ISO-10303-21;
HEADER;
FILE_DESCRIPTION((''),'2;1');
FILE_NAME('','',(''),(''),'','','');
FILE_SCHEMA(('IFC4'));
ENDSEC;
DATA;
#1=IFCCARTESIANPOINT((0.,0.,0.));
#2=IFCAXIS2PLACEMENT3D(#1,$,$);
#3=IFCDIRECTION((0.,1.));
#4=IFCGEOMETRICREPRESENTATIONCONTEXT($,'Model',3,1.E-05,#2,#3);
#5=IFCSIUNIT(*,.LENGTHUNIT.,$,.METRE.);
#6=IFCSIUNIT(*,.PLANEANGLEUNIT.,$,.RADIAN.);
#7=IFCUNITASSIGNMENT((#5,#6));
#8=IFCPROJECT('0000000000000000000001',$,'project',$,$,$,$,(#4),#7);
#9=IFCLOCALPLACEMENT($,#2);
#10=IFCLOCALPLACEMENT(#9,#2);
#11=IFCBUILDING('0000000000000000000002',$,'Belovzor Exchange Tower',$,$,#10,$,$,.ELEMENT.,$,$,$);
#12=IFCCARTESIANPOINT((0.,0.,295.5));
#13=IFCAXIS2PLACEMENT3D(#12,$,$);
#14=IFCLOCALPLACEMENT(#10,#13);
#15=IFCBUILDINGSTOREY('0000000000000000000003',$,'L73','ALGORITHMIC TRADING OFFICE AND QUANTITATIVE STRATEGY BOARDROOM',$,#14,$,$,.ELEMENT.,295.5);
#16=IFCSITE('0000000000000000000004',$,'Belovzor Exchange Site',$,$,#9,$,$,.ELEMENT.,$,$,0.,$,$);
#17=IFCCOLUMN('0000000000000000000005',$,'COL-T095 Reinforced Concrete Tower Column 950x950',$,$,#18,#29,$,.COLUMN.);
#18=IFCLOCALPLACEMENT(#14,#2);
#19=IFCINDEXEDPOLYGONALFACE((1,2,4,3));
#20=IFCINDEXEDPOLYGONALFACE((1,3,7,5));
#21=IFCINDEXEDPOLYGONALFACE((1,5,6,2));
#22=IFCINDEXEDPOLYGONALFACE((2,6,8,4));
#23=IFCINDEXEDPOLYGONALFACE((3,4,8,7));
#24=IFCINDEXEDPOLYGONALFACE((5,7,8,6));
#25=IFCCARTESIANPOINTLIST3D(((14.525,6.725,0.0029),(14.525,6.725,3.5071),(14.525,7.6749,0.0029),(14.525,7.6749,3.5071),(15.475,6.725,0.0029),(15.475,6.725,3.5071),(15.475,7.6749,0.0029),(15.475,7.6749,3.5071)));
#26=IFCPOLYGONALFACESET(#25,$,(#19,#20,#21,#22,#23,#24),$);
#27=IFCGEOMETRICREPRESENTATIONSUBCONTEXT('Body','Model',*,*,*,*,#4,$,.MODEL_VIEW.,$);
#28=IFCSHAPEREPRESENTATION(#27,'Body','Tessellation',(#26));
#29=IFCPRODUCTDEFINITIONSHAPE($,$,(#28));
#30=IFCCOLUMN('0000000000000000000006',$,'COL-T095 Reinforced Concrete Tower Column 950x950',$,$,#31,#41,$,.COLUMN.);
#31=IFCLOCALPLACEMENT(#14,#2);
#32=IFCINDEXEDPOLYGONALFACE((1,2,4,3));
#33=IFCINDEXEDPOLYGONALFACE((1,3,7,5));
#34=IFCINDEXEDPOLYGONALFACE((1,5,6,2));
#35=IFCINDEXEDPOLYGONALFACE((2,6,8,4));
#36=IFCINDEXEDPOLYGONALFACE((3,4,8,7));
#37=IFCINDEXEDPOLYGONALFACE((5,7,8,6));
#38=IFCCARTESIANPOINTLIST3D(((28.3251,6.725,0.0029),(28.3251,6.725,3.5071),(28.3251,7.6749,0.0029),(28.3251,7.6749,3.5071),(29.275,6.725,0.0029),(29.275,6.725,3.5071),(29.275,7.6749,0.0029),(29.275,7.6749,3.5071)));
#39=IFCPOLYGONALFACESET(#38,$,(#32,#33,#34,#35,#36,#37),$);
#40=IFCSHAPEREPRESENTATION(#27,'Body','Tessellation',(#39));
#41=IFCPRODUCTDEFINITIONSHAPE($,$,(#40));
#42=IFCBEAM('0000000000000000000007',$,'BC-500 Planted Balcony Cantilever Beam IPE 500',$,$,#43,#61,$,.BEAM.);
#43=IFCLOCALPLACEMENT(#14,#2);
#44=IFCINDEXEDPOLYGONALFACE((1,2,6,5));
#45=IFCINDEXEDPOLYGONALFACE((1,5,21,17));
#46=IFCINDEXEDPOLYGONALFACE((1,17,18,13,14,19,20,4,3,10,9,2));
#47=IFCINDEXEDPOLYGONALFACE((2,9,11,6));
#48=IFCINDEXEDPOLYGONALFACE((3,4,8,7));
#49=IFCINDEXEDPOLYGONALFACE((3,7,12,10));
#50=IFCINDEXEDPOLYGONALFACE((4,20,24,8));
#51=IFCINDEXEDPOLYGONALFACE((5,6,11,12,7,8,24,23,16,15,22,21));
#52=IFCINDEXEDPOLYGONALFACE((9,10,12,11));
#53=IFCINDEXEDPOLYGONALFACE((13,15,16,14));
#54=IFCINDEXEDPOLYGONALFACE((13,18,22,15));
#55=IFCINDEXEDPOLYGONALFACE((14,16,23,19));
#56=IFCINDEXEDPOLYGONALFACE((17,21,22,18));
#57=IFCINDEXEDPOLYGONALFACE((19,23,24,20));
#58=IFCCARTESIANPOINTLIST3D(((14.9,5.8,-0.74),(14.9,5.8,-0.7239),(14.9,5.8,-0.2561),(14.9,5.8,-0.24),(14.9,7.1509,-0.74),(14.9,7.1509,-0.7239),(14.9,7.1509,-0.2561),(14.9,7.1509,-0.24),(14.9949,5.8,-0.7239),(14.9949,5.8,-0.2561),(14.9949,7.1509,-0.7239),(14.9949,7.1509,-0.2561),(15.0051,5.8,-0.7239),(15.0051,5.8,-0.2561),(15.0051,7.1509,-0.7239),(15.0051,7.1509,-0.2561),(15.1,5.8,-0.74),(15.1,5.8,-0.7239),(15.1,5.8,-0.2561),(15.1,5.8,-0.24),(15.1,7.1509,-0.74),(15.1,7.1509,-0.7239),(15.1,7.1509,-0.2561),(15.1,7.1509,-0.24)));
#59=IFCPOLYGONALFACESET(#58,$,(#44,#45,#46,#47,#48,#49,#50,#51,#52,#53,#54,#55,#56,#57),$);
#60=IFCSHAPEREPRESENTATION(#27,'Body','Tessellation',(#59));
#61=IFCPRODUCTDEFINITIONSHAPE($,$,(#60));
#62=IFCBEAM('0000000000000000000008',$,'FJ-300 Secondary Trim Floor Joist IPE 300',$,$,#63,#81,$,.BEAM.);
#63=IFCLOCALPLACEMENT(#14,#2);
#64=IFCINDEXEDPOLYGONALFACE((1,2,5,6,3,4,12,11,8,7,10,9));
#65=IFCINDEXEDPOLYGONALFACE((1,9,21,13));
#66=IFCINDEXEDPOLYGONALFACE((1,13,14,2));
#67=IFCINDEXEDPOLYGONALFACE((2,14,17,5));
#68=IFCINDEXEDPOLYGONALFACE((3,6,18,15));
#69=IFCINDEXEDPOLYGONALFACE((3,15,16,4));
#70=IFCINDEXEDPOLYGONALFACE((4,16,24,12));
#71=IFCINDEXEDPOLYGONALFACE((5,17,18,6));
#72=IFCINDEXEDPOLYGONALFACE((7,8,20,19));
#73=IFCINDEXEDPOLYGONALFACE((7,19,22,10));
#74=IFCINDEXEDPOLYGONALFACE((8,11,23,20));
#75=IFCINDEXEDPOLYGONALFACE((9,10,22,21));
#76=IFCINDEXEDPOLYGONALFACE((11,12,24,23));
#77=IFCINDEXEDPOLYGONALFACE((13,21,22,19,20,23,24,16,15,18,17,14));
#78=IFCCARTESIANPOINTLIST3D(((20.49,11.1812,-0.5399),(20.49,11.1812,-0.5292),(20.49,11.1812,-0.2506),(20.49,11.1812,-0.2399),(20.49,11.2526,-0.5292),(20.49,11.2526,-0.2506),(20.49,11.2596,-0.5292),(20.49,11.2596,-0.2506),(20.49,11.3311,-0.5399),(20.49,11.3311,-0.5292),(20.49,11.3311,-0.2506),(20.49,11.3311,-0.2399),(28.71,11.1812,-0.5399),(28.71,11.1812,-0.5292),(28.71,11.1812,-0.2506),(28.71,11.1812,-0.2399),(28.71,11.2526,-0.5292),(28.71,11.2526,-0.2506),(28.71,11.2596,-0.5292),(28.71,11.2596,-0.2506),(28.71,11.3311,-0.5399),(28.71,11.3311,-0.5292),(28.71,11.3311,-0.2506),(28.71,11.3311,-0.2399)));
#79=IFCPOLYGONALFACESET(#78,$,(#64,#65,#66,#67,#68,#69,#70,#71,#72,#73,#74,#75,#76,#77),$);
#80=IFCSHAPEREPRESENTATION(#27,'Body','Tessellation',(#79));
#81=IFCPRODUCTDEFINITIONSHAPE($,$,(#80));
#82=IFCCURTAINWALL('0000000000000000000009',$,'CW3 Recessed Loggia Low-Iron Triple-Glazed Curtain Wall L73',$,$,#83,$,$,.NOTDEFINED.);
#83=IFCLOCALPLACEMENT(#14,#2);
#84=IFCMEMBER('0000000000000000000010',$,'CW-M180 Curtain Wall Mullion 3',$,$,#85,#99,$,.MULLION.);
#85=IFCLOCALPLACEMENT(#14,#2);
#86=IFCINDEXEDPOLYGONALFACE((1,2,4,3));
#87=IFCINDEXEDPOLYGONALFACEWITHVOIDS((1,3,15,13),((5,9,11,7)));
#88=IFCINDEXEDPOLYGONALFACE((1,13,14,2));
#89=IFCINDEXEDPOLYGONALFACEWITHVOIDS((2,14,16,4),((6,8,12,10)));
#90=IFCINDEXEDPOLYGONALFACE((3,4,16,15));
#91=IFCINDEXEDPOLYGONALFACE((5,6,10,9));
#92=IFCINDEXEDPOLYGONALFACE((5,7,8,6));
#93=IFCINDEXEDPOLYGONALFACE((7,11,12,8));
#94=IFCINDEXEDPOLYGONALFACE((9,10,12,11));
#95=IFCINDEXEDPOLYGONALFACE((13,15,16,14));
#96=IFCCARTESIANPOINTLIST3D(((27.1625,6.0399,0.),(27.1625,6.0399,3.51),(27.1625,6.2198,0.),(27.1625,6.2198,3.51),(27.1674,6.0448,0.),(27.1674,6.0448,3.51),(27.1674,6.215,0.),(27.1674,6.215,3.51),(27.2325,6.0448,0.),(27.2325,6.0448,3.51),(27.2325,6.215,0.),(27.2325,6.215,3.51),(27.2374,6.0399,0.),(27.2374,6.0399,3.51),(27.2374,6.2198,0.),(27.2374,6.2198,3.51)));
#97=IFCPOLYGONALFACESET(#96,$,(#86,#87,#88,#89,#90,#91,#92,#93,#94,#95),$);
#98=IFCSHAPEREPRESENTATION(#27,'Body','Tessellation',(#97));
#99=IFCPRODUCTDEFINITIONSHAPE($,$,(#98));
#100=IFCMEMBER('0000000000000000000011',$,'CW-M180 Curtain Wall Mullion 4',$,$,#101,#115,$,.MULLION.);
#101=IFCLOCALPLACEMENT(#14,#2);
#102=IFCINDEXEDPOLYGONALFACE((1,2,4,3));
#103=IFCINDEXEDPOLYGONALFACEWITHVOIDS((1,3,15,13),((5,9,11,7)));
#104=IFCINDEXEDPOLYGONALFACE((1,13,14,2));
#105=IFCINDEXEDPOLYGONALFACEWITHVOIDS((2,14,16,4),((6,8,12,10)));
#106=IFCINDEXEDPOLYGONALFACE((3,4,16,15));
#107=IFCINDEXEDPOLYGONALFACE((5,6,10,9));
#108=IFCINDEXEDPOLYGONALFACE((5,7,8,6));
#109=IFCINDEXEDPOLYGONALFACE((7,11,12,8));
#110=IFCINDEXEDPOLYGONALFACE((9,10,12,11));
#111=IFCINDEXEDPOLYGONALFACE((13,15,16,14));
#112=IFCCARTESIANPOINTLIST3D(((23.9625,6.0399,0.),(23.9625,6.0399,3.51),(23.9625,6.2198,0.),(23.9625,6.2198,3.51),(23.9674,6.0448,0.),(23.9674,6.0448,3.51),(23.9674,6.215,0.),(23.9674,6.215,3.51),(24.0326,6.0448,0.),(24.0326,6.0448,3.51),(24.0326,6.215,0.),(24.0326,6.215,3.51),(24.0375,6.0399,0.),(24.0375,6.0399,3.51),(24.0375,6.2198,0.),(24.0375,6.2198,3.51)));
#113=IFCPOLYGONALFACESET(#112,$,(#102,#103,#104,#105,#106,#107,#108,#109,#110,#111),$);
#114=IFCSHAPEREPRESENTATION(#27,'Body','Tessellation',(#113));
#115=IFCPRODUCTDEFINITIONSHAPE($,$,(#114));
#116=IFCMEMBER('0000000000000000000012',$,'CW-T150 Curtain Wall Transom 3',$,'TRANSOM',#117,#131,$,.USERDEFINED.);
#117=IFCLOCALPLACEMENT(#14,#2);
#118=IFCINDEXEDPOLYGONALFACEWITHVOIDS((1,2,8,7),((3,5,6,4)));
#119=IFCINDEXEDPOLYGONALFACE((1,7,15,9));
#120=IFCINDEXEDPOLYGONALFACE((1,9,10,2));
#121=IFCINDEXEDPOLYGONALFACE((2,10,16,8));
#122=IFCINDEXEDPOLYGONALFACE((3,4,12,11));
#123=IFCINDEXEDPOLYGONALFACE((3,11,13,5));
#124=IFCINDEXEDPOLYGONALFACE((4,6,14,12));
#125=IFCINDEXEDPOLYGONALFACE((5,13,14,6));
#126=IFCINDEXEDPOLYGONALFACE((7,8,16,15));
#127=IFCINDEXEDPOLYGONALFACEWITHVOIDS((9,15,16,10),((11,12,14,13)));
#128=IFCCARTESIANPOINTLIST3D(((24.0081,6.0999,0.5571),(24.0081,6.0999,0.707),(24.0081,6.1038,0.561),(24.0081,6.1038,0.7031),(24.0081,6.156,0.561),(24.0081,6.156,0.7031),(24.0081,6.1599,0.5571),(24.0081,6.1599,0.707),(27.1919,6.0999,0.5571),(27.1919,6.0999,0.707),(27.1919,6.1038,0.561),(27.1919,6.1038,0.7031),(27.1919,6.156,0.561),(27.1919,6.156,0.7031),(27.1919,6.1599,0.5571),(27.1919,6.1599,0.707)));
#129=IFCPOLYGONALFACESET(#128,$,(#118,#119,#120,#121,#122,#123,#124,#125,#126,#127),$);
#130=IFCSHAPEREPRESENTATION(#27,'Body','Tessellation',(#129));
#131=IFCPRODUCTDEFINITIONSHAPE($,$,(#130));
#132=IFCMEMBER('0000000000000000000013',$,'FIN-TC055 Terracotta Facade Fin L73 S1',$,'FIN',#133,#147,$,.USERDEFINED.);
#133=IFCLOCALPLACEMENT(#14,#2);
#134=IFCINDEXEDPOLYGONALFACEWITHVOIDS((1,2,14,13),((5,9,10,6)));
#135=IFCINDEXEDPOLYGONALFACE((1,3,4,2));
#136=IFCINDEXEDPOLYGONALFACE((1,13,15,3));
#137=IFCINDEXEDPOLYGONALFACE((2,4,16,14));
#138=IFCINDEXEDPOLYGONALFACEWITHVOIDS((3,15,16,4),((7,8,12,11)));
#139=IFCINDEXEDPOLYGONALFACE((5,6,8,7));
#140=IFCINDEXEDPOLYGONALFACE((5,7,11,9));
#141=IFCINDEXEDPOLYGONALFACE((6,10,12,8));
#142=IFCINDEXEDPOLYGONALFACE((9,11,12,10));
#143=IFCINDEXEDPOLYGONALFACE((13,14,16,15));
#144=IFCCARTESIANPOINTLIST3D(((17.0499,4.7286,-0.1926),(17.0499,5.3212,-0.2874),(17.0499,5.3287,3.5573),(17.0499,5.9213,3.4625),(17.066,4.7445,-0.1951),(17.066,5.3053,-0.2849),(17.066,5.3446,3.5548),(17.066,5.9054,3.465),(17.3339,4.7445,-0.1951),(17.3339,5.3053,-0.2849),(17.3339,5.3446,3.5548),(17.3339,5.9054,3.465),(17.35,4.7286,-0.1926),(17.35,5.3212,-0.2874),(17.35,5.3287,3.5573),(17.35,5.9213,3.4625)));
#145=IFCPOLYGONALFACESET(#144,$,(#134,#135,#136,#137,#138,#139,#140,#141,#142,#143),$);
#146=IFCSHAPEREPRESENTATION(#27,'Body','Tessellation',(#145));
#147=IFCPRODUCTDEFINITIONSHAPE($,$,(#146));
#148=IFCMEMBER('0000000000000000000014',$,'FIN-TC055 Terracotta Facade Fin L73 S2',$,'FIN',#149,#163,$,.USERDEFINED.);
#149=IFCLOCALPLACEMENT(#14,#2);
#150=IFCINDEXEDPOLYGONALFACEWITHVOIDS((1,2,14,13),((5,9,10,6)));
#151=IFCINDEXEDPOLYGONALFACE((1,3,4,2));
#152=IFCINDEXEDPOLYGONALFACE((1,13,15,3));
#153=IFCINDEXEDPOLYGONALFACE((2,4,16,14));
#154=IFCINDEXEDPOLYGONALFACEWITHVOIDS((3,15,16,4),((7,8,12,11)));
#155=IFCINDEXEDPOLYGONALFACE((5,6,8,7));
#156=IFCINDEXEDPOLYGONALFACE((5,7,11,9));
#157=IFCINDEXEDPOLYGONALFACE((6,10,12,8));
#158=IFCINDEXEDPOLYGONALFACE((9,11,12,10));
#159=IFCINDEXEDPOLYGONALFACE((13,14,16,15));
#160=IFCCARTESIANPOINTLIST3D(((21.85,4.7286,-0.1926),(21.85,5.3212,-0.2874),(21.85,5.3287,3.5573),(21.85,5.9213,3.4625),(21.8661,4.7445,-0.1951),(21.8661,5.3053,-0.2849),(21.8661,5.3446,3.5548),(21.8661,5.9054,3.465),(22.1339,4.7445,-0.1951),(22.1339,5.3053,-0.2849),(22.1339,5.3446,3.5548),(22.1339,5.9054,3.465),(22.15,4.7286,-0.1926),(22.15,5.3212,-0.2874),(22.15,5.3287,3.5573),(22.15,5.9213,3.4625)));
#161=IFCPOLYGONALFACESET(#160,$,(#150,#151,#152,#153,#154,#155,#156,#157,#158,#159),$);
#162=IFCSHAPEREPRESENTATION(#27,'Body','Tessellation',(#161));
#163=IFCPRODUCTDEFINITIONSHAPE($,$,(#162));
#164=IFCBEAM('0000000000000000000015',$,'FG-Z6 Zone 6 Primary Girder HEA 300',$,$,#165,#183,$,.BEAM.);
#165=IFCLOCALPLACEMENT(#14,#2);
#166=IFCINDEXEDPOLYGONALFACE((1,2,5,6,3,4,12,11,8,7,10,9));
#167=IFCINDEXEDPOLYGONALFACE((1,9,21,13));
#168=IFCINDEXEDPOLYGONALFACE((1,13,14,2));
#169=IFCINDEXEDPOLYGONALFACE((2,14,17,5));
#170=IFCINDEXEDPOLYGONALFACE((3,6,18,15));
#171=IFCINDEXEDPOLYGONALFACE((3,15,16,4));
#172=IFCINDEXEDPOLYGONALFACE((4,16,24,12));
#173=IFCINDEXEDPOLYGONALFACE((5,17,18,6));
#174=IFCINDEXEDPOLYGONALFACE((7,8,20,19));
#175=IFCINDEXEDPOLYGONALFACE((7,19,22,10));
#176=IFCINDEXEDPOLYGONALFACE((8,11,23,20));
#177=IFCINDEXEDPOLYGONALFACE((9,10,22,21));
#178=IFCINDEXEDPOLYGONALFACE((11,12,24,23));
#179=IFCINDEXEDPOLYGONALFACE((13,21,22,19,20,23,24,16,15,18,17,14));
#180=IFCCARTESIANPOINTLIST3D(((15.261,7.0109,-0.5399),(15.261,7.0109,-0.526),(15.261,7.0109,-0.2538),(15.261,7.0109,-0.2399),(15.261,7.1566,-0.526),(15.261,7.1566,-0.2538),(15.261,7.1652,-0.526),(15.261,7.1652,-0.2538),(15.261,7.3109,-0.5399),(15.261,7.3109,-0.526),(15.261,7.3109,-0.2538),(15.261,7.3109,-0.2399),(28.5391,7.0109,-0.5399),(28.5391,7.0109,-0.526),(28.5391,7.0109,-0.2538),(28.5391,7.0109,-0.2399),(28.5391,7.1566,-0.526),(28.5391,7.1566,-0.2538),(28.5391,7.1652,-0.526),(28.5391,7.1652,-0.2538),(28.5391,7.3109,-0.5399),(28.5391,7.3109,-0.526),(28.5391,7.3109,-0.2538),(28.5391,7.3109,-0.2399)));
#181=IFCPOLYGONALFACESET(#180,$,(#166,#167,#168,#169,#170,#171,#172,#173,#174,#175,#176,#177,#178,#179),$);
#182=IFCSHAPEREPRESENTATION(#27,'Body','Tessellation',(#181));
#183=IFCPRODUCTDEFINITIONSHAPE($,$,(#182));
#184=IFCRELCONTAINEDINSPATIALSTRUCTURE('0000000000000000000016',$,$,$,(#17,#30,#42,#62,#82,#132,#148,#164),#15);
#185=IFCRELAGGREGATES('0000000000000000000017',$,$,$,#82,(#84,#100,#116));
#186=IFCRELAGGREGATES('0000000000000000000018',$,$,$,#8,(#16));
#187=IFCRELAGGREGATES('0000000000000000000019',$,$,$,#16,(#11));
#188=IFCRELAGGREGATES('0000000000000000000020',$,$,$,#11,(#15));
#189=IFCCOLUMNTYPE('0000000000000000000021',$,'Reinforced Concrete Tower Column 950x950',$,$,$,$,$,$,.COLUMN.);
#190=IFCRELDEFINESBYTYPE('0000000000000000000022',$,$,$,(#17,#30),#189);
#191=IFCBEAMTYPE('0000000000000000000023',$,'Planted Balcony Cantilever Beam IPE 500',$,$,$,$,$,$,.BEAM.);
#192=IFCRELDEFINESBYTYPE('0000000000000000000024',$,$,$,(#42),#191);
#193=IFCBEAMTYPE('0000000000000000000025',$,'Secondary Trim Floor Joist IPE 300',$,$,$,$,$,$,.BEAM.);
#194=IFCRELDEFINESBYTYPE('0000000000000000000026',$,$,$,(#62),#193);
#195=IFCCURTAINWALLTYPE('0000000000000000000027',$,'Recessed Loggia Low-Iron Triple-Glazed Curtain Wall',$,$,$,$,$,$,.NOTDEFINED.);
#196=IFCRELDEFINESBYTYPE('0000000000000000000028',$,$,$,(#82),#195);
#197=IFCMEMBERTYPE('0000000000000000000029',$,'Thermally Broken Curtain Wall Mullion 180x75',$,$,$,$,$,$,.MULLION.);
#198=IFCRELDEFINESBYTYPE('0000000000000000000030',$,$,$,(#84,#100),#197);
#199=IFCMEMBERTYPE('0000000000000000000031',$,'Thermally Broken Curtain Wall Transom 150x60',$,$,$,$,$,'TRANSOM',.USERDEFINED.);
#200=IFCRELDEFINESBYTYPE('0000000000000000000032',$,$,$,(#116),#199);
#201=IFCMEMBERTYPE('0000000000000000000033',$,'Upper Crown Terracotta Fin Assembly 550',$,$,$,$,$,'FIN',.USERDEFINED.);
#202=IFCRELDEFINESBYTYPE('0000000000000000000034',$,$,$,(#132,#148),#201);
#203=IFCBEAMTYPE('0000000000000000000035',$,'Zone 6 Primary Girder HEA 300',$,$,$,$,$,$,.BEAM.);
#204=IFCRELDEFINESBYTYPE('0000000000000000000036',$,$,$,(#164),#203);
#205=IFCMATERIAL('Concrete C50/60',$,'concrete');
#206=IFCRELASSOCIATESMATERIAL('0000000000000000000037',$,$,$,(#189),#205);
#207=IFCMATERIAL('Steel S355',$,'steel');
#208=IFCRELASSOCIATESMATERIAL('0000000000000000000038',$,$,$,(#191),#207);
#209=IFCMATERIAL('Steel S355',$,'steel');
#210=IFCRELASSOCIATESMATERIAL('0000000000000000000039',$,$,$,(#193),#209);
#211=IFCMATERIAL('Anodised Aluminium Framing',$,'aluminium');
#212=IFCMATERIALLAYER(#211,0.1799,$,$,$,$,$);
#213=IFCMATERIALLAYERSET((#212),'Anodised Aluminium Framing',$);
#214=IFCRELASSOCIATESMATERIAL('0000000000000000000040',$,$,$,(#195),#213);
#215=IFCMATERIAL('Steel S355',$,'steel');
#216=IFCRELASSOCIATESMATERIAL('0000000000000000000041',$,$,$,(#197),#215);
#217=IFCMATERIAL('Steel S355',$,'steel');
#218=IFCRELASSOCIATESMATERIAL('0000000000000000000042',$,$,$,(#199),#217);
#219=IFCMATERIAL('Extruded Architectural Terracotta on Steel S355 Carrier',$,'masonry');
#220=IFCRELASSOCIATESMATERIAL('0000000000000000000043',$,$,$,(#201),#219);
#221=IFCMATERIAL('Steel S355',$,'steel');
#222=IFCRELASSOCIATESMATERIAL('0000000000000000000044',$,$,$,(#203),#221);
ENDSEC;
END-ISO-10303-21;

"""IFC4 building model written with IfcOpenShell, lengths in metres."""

from ifc_helpers import new_model, si_unit, direction, frame, origin, origin_2d, place, context, subcontext, project, spatial, rectangle, hollow_rectangle, i_section, extrude, material, layer, layer_set, material_profile, profile_set, type_object, element, aggregate, save


model = new_model("IFC4")

# Units and contexts
model_context = context("Model", 3, precision=1e-05, world=origin(), true_north=direction((0.0, 1.0)))
body_context = subcontext(model_context, "Body", "Model", "MODEL_VIEW")
ifc_project = project(units=[si_unit("LENGTHUNIT", "METRE"), si_unit("PLANEANGLEUNIT", "RADIAN")], contexts=[model_context])

# Site, building, storey
site_placement = place(None, origin())
site = spatial("IfcSite", under=ifc_project, at=site_placement, Name="Belovzor Exchange Site", CompositionType="ELEMENT", RefElevation=0.0)
building_placement = place(site_placement, origin())
building = spatial("IfcBuilding", under=site, at=building_placement, Name="Belovzor Exchange Tower", CompositionType="ELEMENT")
storey_placement = place(building_placement, frame((0.0, 0.0, 295.5)))
storey = spatial("IfcBuildingStorey", under=building, at=storey_placement, Name="L73", Description="ALGORITHMIC TRADING OFFICE AND QUANTITATIVE STRATEGY BOARDROOM", CompositionType="ELEMENT", Elevation=295.5)

# Columns
ifc_material_1 = material(Name="Concrete C50/60", Category="concrete")
ifc_material_profile_1 = material_profile(ifc_material_1, rectangle(XDim=0.95, YDim=0.95, at=origin_2d()))
ifc_profile_set_1 = profile_set([ifc_material_profile_1], Name="Concrete C50/60")
column_type = type_object("IfcColumnType", Name="Reinforced Concrete Tower Column 950x950", PredefinedType="COLUMN", material=ifc_profile_set_1)
for number, where, z_axis, x_axis, name in (
    (1, (15.0, 7.2, 0.0029), (0.0, 0.0, 1.0), (1.0, 0.0, 0.0), "COL-T095 Reinforced Concrete Tower Column 950x950"),
    (2, (28.8, 7.2, 0.0029), (0.0, 0.0, 1.0), (1.0, 0.0, 0.0), "COL-T095 Reinforced Concrete Tower Column 950x950"),
):
    element("IfcColumn", number, at=place(storey_placement, frame(where, z_axis=z_axis, x_axis=x_axis)), inside=storey, type_object=column_type, Name=name, PredefinedType="COLUMN", context=body_context, shape_type="SweptSolid", body=[
        extrude(rectangle(XDim=0.95, YDim=0.95, at=origin_2d()), origin(), (0.0, 0.0, 1.0), 3.5042),
    ])

# Beams
ifc_material_2 = material(Name="Steel S355", Category="steel")
ifc_material_profile_2 = material_profile(ifc_material_2, i_section(OverallWidth=0.2, OverallDepth=0.5, WebThickness=0.0103, FlangeThickness=0.0161, at=origin_2d()))
ifc_profile_set_2 = profile_set([ifc_material_profile_2], Name="Steel S355")
beam_type_1 = type_object("IfcBeamType", Name="Planted Balcony Cantilever Beam IPE 500", PredefinedType="BEAM", material=ifc_profile_set_2)
beam_1_placement = place(storey_placement, frame((15.0, 7.1509, -0.49), z_axis=(0.0, -1.0, 0.0), x_axis=(1.0, 0.0, 0.0)))
element("IfcBeam", 3, at=beam_1_placement, inside=storey, type_object=beam_type_1, Name="BC-500 Planted Balcony Cantilever Beam IPE 500", PredefinedType="BEAM", context=body_context, shape_type="SweptSolid", body=[
    extrude(i_section(OverallWidth=0.2, OverallDepth=0.5, WebThickness=0.0103, FlangeThickness=0.0161, at=origin_2d()), origin(), (0.0, 0.0, 1.0), 1.3508),
])
ifc_material_3 = material(Name="Steel S355", Category="steel")
ifc_material_profile_3 = material_profile(ifc_material_3, i_section(OverallWidth=0.1499, OverallDepth=0.3, WebThickness=0.0071, FlangeThickness=0.0107, at=origin_2d()))
ifc_profile_set_3 = profile_set([ifc_material_profile_3], Name="Steel S355")
beam_type_2 = type_object("IfcBeamType", Name="Secondary Trim Floor Joist IPE 300", PredefinedType="BEAM", material=ifc_profile_set_3)
beam_2_placement = place(storey_placement, frame((20.49, 11.2561, -0.3899), z_axis=(1.0, 0.0, 0.0), x_axis=(0.0, 1.0, 0.0)))
element("IfcBeam", 4, at=beam_2_placement, inside=storey, type_object=beam_type_2, Name="FJ-300 Secondary Trim Floor Joist IPE 300", PredefinedType="BEAM", context=body_context, shape_type="SweptSolid", body=[
    extrude(i_section(OverallWidth=0.1499, OverallDepth=0.3, WebThickness=0.0071, FlangeThickness=0.0107, at=origin_2d()), origin(), (0.0, 0.0, 1.0), 8.22),
])

# Curtain wall, members
ifc_material_4 = material(Name="Anodised Aluminium Framing", Category="aluminium")
ifc_layer_1 = layer(ifc_material_4, 0.1799)
ifc_layer_set_1 = layer_set([ifc_layer_1], Name="Anodised Aluminium Framing")
curtain_wall_type = type_object("IfcCurtainWallType", Name="Recessed Loggia Low-Iron Triple-Glazed Curtain Wall", PredefinedType="NOTDEFINED", material=ifc_layer_set_1)
curtain_wall_placement = place(storey_placement, origin())
curtain_wall = element("IfcCurtainWall", 5, at=curtain_wall_placement, inside=storey, type_object=curtain_wall_type, Name="CW3 Recessed Loggia Low-Iron Triple-Glazed Curtain Wall L73", PredefinedType="NOTDEFINED")
ifc_material_5 = material(Name="Steel S355", Category="steel")
ifc_material_profile_4 = material_profile(ifc_material_5, hollow_rectangle(XDim=0.075, YDim=0.1799, WallThickness=0.0049, at=origin_2d()))
ifc_profile_set_4 = profile_set([ifc_material_profile_4], Name="Steel S355")
member_type_1 = type_object("IfcMemberType", Name="Thermally Broken Curtain Wall Mullion 180x75", PredefinedType="MULLION", material=ifc_profile_set_4)
member_1_placement = place(storey_placement, frame((27.2, 6.1299, 0.0), z_axis=(0.0, 0.0, 1.0), x_axis=(-1.0, 0.0, 0.0)))
member_1 = element("IfcMember", 6, at=member_1_placement, type_object=member_type_1, Name="CW-M180 Curtain Wall Mullion 3", PredefinedType="MULLION", context=body_context, shape_type="SweptSolid", body=[
    extrude(hollow_rectangle(XDim=0.075, YDim=0.1799, WallThickness=0.0049, at=origin_2d()), origin(), (0.0, 0.0, 1.0), 3.51),
])
member_2_placement = place(storey_placement, frame((24.0, 6.1299, 0.0), z_axis=(0.0, 0.0, 1.0), x_axis=(-1.0, 0.0, 0.0)))
member_2 = element("IfcMember", 7, at=member_2_placement, type_object=member_type_1, Name="CW-M180 Curtain Wall Mullion 4", PredefinedType="MULLION", context=body_context, shape_type="SweptSolid", body=[
    extrude(hollow_rectangle(XDim=0.075, YDim=0.1799, WallThickness=0.0049, at=origin_2d()), origin(), (0.0, 0.0, 1.0), 3.51),
])
ifc_material_6 = material(Name="Steel S355", Category="steel")
ifc_material_profile_5 = material_profile(ifc_material_6, hollow_rectangle(XDim=0.0601, YDim=0.1499, WallThickness=0.0039, at=origin_2d()))
ifc_profile_set_5 = profile_set([ifc_material_profile_5], Name="Steel S355")
member_type_2 = type_object("IfcMemberType", Name="Thermally Broken Curtain Wall Transom 150x60", ElementType="TRANSOM", PredefinedType="USERDEFINED", material=ifc_profile_set_5)
member_3_placement = place(storey_placement, frame((27.1919, 6.1299, 0.6321), z_axis=(-1.0, 0.0, 0.0), x_axis=(0.0, -1.0, 0.0)))
member_3 = element("IfcMember", 8, at=member_3_placement, type_object=member_type_2, Name="CW-T150 Curtain Wall Transom 3", ObjectType="TRANSOM", PredefinedType="USERDEFINED", context=body_context, shape_type="SweptSolid", body=[
    extrude(hollow_rectangle(XDim=0.0601, YDim=0.1499, WallThickness=0.0039, at=origin_2d()), origin(), (0.0, 0.0, 1.0), 3.1838),
])

# Members
ifc_material_7 = material(Name="Extruded Architectural Terracotta on Steel S355 Carrier", Category="masonry")
ifc_material_profile_6 = material_profile(ifc_material_7, hollow_rectangle(XDim=0.3, YDim=0.6001, WallThickness=0.0161, at=origin_2d()))
ifc_profile_set_6 = profile_set([ifc_material_profile_6], Name="Extruded Architectural Terracotta on Steel S355 Carrier")
member_type_3 = type_object("IfcMemberType", Name="Upper Crown Terracotta Fin Assembly 550", ElementType="FIN", PredefinedType="USERDEFINED", material=ifc_profile_set_6)
for number, where, z_axis, x_axis, name in (
    (9, (17.2, 5.0249, -0.24), (0.0, 0.158016, 0.987437), (-1.0, 0.0, 0.0), "FIN-TC055 Terracotta Facade Fin L73 S1"),
    (10, (22.0, 5.0249, -0.24), (0.0, 0.158016, 0.987437), (-1.0, 0.0, 0.0), "FIN-TC055 Terracotta Facade Fin L73 S2"),
):
    element("IfcMember", number, at=place(storey_placement, frame(where, z_axis=z_axis, x_axis=x_axis)), inside=storey, type_object=member_type_3, Name=name, ObjectType="FIN", PredefinedType="USERDEFINED", context=body_context, shape_type="SweptSolid", body=[
        extrude(hollow_rectangle(XDim=0.3, YDim=0.6001, WallThickness=0.0161, at=origin_2d()), origin(), (0.0, 0.0, 1.0), 3.7976),
    ])

# Beam
ifc_material_8 = material(Name="Steel S355", Category="steel")
ifc_material_profile_7 = material_profile(ifc_material_8, i_section(OverallWidth=0.3, OverallDepth=0.3, WebThickness=0.0085, FlangeThickness=0.0139, at=origin_2d()))
ifc_profile_set_7 = profile_set([ifc_material_profile_7], Name="Steel S355")
beam_type_3 = type_object("IfcBeamType", Name="Zone 6 Primary Girder HEA 300", PredefinedType="BEAM", material=ifc_profile_set_7)
beam_3_placement = place(storey_placement, frame((15.261, 7.1609, -0.3899), z_axis=(1.0, 0.0, 0.0), x_axis=(0.0, 1.0, 0.0)))
element("IfcBeam", 11, at=beam_3_placement, inside=storey, type_object=beam_type_3, Name="FG-Z6 Zone 6 Primary Girder HEA 300", PredefinedType="BEAM", context=body_context, shape_type="SweptSolid", body=[
    extrude(i_section(OverallWidth=0.3, OverallDepth=0.3, WebThickness=0.0085, FlangeThickness=0.0139, at=origin_2d()), origin(), (0.0, 0.0, 1.0), 13.2781),
])

aggregate(curtain_wall, [member_1, member_2, member_3])

save(model, "model.ifc")
